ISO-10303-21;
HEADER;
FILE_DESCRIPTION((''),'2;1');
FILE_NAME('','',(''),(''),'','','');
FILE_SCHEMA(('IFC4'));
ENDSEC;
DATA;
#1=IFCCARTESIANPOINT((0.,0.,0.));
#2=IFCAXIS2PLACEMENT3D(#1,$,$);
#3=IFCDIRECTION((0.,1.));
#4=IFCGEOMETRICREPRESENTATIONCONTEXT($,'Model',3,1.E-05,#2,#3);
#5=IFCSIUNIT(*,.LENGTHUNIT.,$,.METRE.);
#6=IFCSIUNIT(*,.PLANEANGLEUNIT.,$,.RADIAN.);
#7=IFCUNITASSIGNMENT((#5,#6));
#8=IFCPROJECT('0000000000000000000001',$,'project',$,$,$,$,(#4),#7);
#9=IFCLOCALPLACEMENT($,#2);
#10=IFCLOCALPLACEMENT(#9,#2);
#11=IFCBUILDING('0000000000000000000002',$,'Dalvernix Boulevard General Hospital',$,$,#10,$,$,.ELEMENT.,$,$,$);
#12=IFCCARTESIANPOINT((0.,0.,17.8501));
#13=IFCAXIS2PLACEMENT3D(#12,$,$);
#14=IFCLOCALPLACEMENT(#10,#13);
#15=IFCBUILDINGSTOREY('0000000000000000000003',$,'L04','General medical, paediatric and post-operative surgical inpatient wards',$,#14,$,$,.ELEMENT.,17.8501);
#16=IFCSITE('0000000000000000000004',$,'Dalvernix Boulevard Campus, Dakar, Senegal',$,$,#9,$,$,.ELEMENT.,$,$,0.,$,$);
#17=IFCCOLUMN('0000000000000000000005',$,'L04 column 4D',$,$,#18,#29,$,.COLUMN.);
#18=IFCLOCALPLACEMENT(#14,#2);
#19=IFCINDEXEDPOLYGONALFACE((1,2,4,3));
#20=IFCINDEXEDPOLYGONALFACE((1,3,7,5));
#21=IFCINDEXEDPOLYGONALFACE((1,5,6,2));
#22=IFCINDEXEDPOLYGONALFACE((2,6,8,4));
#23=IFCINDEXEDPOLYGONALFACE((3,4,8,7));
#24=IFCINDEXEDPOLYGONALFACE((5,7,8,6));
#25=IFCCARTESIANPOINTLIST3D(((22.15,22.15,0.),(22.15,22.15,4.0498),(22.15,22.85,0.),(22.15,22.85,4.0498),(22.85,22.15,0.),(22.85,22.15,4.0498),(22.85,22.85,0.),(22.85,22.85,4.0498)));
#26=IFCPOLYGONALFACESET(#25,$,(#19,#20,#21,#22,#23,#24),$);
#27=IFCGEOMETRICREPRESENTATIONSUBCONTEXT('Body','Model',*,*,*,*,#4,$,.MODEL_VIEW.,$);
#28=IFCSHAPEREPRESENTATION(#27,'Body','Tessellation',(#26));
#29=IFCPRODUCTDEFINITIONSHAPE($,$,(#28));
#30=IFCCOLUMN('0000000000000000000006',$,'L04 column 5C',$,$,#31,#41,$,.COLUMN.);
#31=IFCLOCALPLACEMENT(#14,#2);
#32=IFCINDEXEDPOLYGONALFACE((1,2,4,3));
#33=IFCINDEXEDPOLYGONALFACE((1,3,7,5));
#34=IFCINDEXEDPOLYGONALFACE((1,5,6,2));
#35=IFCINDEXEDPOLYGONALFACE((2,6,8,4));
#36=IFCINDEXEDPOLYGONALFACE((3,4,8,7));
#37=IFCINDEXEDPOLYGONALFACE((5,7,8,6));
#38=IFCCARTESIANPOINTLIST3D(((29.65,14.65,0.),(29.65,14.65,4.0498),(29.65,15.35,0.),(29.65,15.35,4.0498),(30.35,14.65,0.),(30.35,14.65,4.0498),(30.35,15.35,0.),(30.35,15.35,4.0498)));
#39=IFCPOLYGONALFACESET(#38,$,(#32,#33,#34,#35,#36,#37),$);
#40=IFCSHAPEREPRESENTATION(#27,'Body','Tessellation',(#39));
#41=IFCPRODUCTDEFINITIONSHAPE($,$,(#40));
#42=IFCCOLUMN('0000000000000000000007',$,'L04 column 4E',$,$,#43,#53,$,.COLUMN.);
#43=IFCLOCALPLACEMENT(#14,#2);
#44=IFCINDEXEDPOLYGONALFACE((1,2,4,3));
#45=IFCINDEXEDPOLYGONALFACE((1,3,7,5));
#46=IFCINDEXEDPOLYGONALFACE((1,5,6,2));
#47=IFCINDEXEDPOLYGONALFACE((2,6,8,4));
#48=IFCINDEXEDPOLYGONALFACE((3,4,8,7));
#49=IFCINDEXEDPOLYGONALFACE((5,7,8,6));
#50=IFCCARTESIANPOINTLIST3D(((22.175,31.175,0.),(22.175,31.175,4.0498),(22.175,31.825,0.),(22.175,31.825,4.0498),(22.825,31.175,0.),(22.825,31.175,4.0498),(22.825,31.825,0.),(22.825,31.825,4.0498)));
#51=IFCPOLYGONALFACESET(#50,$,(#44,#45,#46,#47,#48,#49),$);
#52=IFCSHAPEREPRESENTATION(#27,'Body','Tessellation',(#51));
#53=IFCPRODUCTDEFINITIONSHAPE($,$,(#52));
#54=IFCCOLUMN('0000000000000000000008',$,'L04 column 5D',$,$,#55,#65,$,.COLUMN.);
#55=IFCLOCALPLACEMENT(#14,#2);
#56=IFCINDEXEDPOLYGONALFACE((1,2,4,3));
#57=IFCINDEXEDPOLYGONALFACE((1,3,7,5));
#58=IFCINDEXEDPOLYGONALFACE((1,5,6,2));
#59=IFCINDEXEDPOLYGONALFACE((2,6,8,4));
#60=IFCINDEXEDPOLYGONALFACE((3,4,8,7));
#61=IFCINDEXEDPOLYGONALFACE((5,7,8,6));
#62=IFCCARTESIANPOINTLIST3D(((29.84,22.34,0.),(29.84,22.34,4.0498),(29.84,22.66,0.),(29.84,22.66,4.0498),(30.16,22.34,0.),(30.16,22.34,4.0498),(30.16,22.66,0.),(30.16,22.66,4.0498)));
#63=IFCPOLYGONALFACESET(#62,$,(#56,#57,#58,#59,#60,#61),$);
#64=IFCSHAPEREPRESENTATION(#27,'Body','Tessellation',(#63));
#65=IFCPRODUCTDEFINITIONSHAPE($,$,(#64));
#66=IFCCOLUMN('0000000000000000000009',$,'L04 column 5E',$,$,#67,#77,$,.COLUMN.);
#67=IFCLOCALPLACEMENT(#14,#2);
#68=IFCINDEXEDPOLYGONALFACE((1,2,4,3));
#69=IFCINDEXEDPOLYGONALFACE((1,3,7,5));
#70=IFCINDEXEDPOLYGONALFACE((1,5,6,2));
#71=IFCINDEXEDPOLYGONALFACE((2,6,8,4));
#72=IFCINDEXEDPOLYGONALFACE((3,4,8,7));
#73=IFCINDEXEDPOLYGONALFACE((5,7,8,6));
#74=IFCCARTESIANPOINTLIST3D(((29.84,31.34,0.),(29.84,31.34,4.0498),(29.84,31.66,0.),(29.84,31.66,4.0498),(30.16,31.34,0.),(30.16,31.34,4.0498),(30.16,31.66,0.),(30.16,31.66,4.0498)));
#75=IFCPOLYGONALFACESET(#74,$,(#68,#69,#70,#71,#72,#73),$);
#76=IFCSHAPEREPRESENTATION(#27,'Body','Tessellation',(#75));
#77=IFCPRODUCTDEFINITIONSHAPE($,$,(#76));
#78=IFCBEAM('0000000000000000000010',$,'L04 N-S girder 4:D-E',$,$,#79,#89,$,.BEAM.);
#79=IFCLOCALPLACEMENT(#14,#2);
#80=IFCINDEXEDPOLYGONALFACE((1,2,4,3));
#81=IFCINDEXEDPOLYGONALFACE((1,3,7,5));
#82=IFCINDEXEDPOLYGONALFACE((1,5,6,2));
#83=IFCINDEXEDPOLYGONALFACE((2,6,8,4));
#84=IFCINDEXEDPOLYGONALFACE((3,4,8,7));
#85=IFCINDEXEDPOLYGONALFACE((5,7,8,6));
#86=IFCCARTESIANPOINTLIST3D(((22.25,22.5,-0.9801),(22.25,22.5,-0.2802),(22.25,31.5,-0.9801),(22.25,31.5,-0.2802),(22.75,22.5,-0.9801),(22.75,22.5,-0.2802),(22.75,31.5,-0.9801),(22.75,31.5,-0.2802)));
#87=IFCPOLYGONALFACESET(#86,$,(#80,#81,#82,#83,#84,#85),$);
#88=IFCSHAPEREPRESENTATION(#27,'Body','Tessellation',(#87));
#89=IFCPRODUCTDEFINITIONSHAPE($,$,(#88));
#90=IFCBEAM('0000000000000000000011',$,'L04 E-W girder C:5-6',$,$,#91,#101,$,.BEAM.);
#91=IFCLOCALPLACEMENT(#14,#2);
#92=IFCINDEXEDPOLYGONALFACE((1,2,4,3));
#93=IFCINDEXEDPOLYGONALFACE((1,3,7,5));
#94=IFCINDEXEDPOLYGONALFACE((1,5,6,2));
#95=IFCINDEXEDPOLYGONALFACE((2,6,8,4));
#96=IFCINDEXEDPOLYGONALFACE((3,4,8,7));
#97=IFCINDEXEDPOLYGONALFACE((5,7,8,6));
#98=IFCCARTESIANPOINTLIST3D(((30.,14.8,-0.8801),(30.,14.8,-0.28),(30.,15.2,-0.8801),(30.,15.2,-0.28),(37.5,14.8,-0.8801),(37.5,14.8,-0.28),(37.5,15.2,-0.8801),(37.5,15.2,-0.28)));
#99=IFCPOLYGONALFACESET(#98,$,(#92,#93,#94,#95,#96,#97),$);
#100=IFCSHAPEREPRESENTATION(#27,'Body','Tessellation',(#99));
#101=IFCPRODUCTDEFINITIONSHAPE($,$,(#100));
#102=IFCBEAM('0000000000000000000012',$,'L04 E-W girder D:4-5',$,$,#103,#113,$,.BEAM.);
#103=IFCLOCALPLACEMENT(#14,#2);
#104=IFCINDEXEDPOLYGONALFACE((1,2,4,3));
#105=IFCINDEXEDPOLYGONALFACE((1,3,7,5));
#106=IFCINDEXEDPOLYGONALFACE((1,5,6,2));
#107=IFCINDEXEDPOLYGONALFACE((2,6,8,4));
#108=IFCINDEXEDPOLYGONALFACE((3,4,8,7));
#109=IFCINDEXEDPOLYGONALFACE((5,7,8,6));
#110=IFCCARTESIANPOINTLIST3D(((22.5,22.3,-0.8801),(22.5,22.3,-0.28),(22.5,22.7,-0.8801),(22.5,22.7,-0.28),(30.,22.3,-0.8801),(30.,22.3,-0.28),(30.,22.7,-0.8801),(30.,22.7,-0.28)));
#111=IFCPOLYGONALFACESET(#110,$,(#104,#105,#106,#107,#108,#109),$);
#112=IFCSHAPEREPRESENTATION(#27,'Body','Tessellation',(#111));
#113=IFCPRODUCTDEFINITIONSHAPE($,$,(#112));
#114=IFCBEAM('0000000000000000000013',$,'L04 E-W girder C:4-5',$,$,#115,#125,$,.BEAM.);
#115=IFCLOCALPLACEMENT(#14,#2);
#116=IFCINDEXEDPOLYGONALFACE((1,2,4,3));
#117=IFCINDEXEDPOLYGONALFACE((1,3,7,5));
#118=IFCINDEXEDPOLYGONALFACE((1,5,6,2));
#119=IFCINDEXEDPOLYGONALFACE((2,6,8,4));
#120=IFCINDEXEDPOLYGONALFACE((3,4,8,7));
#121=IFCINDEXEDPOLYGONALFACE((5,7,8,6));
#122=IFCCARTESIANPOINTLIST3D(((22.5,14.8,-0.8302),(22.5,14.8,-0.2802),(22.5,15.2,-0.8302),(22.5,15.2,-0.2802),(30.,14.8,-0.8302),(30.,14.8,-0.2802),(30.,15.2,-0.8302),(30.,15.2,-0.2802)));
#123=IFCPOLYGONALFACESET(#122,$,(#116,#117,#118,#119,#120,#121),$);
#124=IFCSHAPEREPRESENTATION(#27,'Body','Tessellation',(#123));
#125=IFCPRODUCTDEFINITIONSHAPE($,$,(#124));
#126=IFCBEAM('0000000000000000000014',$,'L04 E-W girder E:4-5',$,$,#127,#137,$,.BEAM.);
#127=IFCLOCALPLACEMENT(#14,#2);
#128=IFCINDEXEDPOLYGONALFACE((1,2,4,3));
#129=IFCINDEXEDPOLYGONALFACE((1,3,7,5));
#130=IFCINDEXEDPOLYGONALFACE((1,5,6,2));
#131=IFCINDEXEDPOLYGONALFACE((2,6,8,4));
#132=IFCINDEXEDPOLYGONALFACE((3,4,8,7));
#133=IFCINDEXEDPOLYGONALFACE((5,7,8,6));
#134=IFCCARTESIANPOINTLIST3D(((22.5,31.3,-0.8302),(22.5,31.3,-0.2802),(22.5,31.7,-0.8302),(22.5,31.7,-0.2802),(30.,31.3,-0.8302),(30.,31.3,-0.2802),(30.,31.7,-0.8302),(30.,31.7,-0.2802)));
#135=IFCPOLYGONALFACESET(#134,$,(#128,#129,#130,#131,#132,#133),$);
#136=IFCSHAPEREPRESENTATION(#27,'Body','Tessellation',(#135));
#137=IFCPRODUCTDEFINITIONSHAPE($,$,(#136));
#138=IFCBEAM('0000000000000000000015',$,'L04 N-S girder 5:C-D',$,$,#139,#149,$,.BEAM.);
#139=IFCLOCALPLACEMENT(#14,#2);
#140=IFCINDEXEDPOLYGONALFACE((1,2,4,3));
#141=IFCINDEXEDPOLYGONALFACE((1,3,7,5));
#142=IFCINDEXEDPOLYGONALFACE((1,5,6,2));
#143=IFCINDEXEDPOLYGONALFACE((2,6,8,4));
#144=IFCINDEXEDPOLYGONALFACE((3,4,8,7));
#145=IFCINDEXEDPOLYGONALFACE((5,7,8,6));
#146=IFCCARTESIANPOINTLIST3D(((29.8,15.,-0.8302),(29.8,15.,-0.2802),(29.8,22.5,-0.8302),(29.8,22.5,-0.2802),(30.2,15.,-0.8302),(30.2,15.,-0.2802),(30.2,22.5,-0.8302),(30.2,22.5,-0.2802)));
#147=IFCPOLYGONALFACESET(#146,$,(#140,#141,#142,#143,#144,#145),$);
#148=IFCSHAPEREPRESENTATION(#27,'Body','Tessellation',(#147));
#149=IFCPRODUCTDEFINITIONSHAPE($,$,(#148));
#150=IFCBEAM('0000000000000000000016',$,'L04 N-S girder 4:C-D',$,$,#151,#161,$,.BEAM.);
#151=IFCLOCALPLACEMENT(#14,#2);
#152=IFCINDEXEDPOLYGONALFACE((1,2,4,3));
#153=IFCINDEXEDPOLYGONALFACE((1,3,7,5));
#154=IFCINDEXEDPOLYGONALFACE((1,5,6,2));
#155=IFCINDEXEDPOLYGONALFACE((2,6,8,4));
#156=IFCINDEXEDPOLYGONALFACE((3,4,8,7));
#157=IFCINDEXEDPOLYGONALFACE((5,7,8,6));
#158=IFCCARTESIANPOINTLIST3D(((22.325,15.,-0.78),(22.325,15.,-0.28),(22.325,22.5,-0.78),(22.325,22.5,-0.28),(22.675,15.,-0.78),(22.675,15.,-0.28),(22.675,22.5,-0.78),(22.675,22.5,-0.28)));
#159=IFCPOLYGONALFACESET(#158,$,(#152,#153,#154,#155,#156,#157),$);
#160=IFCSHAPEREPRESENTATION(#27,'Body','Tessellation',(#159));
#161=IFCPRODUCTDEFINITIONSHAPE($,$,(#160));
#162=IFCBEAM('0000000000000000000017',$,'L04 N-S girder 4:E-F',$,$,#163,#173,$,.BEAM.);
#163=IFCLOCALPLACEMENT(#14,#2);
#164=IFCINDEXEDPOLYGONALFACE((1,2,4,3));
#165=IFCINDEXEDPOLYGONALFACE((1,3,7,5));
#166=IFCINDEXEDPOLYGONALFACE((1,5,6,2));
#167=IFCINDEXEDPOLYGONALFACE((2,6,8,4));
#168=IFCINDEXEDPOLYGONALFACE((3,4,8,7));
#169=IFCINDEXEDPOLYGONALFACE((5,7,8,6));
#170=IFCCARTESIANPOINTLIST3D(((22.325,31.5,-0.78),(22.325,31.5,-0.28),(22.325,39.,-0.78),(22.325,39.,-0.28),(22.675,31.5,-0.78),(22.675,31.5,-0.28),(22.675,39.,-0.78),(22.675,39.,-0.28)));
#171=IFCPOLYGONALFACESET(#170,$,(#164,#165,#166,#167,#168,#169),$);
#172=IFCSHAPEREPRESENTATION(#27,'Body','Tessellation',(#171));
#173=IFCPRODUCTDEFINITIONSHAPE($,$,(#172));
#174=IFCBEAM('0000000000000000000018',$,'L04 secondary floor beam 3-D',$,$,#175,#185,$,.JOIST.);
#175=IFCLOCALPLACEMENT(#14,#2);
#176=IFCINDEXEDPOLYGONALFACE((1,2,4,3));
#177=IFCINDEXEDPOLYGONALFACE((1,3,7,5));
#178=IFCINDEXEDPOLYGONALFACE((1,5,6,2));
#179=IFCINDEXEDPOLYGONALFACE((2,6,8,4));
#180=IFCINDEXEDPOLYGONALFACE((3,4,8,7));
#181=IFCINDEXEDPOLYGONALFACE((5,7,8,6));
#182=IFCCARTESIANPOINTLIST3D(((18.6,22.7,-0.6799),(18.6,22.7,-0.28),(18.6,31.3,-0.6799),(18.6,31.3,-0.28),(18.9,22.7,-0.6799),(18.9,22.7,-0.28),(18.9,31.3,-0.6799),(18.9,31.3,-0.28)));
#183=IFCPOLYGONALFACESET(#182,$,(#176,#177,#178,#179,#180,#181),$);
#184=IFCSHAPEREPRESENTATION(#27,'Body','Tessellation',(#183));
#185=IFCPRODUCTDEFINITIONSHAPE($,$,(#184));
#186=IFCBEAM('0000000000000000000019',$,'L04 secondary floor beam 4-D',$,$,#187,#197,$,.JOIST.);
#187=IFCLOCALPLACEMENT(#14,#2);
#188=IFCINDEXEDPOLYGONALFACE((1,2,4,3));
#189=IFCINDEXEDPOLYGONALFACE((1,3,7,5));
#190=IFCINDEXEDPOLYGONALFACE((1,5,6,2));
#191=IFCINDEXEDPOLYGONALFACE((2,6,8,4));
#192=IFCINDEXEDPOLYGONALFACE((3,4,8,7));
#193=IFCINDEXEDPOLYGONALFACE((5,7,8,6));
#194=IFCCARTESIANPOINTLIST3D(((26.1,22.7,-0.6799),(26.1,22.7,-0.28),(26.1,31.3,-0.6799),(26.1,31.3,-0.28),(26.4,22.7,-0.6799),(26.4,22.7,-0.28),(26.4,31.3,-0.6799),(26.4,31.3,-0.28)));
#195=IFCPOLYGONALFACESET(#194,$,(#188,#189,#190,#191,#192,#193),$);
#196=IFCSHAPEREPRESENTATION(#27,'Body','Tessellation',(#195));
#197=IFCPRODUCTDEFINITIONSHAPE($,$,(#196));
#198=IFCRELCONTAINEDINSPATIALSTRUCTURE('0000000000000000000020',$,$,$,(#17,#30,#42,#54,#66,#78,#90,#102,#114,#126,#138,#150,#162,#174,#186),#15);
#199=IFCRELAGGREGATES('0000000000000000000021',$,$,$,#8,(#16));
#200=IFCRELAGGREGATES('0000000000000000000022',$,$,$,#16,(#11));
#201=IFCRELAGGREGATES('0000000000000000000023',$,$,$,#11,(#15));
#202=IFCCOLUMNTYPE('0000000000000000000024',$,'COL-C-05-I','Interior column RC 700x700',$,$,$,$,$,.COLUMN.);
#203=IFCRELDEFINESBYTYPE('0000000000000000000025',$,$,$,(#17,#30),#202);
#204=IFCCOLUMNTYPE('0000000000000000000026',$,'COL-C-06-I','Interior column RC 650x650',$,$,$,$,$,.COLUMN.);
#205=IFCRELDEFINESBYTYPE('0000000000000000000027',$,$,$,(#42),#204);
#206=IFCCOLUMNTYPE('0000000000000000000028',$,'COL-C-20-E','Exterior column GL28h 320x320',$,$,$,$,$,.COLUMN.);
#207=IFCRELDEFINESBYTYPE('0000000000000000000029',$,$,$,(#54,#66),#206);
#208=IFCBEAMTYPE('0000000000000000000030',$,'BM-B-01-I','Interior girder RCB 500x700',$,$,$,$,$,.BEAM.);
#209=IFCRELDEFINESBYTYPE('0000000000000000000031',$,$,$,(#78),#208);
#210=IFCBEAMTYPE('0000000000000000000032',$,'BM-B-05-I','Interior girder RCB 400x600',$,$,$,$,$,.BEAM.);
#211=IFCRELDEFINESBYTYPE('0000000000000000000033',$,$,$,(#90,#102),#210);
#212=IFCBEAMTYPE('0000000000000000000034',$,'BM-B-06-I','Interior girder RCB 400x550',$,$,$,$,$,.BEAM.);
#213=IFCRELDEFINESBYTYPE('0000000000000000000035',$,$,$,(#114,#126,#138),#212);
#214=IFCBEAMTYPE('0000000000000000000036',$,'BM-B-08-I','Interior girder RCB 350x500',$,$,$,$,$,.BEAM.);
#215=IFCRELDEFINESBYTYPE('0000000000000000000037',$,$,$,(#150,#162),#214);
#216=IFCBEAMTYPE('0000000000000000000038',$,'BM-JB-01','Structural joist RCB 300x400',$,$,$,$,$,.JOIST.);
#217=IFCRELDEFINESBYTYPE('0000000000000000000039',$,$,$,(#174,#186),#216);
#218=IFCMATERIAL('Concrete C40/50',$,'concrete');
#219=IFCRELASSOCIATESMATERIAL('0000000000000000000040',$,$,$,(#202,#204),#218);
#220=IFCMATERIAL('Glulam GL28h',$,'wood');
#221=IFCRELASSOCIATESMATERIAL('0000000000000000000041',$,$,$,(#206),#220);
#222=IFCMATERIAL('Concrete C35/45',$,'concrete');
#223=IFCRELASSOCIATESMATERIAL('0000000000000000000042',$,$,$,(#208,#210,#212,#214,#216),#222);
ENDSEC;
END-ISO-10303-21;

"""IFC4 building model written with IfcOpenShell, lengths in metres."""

from ifc_helpers import new_model, si_unit, direction, frame, origin, origin_2d, place, context, subcontext, project, spatial, rectangle, extrude, material, material_profile, profile_set, type_object, element, save


model = new_model("IFC4")

# Units and contexts
model_context = context("Model", 3, precision=1e-05, world=origin(), true_north=direction((0.0, 1.0)))
body_context = subcontext(model_context, "Body", "Model", "MODEL_VIEW")
ifc_project = project(units=[si_unit("LENGTHUNIT", "METRE"), si_unit("PLANEANGLEUNIT", "RADIAN")], contexts=[model_context])

# Site, building, storey
site_placement = place(None, origin())
site = spatial("IfcSite", under=ifc_project, at=site_placement, Name="Dalvernix Boulevard Campus, Dakar, Senegal", CompositionType="ELEMENT", RefElevation=0.0)
building_placement = place(site_placement, origin())
building = spatial("IfcBuilding", under=site, at=building_placement, Name="Dalvernix Boulevard General Hospital", CompositionType="ELEMENT")
storey_placement = place(building_placement, frame((0.0, 0.0, 17.8501)))
storey = spatial("IfcBuildingStorey", under=building, at=storey_placement, Name="L04", Description="General medical, paediatric and post-operative surgical inpatient wards", CompositionType="ELEMENT", Elevation=17.8501)

# Columns
ifc_material_1 = material(Name="Concrete C40/50", Category="concrete")
ifc_material_profile_1 = material_profile(ifc_material_1, rectangle(XDim=0.7, YDim=0.7, at=origin_2d()), Name="RC 700x700")
ifc_profile_set_1 = profile_set([ifc_material_profile_1], Name="Concrete C40/50")
column_type_1 = type_object("IfcColumnType", Name="COL-C-05-I", Description="Interior column RC 700x700", PredefinedType="COLUMN", material=ifc_profile_set_1)
for number, where, z_axis, x_axis, name in (
    (1, (22.5, 22.5, 0.0), (0.0, 0.0, 1.0), (1.0, 0.0, 0.0), "L04 column 4D"),
    (2, (30.0, 15.0, 0.0), (0.0, 0.0, 1.0), (1.0, 0.0, 0.0), "L04 column 5C"),
):
    element("IfcColumn", number, at=place(storey_placement, frame(where, z_axis=z_axis, x_axis=x_axis)), inside=storey, type_object=column_type_1, Name=name, PredefinedType="COLUMN", context=body_context, shape_type="SweptSolid", body=[
        extrude(rectangle(XDim=0.7, YDim=0.7, at=origin_2d()), origin(), (0.0, 0.0, 1.0), 4.0498),
    ])
ifc_material_profile_2 = material_profile(ifc_material_1, rectangle(XDim=0.6499, YDim=0.6499, at=origin_2d()), Name="RC 650x650")
ifc_profile_set_2 = profile_set([ifc_material_profile_2], Name="Concrete C40/50")
column_type_2 = type_object("IfcColumnType", Name="COL-C-06-I", Description="Interior column RC 650x650", PredefinedType="COLUMN", material=ifc_profile_set_2)
column_placement = place(storey_placement, frame((22.5, 31.5, 0.0), z_axis=(0.0, 0.0, 1.0), x_axis=(1.0, 0.0, 0.0)))
element("IfcColumn", 3, at=column_placement, inside=storey, type_object=column_type_2, Name="L04 column 4E", PredefinedType="COLUMN", context=body_context, shape_type="SweptSolid", body=[
    extrude(rectangle(XDim=0.6499, YDim=0.6499, at=origin_2d()), origin(), (0.0, 0.0, 1.0), 4.0498),
])
ifc_material_2 = material(Name="Glulam GL28h", Category="wood")
ifc_material_profile_3 = material_profile(ifc_material_2, rectangle(XDim=0.3201, YDim=0.3201, at=origin_2d()), Name="GL28h 320x320")
ifc_profile_set_3 = profile_set([ifc_material_profile_3], Name="Glulam GL28h")
column_type_3 = type_object("IfcColumnType", Name="COL-C-20-E", Description="Exterior column GL28h 320x320", PredefinedType="COLUMN", material=ifc_profile_set_3)
for number, where, z_axis, x_axis, name in (
    (4, (30.0, 22.5, 0.0), (0.0, 0.0, 1.0), (1.0, 0.0, 0.0), "L04 column 5D"),
    (5, (30.0, 31.5, 0.0), (0.0, 0.0, 1.0), (1.0, 0.0, 0.0), "L04 column 5E"),
):
    element("IfcColumn", number, at=place(storey_placement, frame(where, z_axis=z_axis, x_axis=x_axis)), inside=storey, type_object=column_type_3, Name=name, PredefinedType="COLUMN", context=body_context, shape_type="SweptSolid", body=[
        extrude(rectangle(XDim=0.3201, YDim=0.3201, at=origin_2d()), origin(), (0.0, 0.0, 1.0), 4.0498),
    ])

# Beams
ifc_material_3 = material(Name="Concrete C35/45", Category="concrete")
ifc_material_profile_4 = material_profile(ifc_material_3, rectangle(XDim=0.5, YDim=0.7, at=origin_2d()), Name="RCB 500x700")
ifc_profile_set_4 = profile_set([ifc_material_profile_4], Name="Concrete C35/45")
beam_type_1 = type_object("IfcBeamType", Name="BM-B-01-I", Description="Interior girder RCB 500x700", PredefinedType="BEAM", material=ifc_profile_set_4)
beam_1_placement = place(storey_placement, frame((22.5, 22.5, -0.6301), z_axis=(0.0, 1.0, 0.0), x_axis=(-1.0, 0.0, 0.0)))
element("IfcBeam", 6, at=beam_1_placement, inside=storey, type_object=beam_type_1, Name="L04 N-S girder 4:D-E", PredefinedType="BEAM", context=body_context, shape_type="SweptSolid", body=[
    extrude(rectangle(XDim=0.5, YDim=0.7, at=origin_2d()), origin(), (0.0, 0.0, 1.0), 9.0),
])
ifc_material_profile_5 = material_profile(ifc_material_3, rectangle(XDim=0.3999, YDim=0.6001, at=origin_2d()), Name="RCB 400x600")
ifc_profile_set_5 = profile_set([ifc_material_profile_5], Name="Concrete C35/45")
beam_type_2 = type_object("IfcBeamType", Name="BM-B-05-I", Description="Interior girder RCB 400x600", PredefinedType="BEAM", material=ifc_profile_set_5)
for number, where, z_axis, x_axis, name in (
    (7, (30.0, 15.0, -0.5801), (1.0, 0.0, 0.0), (0.0, 1.0, 0.0), "L04 E-W girder C:5-6"),
    (8, (22.5, 22.5, -0.5801), (1.0, 0.0, 0.0), (0.0, 1.0, 0.0), "L04 E-W girder D:4-5"),
):
    element("IfcBeam", number, at=place(storey_placement, frame(where, z_axis=z_axis, x_axis=x_axis)), inside=storey, type_object=beam_type_2, Name=name, PredefinedType="BEAM", context=body_context, shape_type="SweptSolid", body=[
        extrude(rectangle(XDim=0.3999, YDim=0.6001, at=origin_2d()), origin(), (0.0, 0.0, 1.0), 7.5),
    ])
ifc_material_profile_6 = material_profile(ifc_material_3, rectangle(XDim=0.3999, YDim=0.55, at=origin_2d()), Name="RCB 400x550")
ifc_profile_set_6 = profile_set([ifc_material_profile_6], Name="Concrete C35/45")
beam_type_3 = type_object("IfcBeamType", Name="BM-B-06-I", Description="Interior girder RCB 400x550", PredefinedType="BEAM", material=ifc_profile_set_6)
for number, where, z_axis, x_axis, name in (
    (9, (22.5, 15.0, -0.5552), (1.0, 0.0, 0.0), (0.0, 1.0, 0.0), "L04 E-W girder C:4-5"),
    (10, (22.5, 31.5, -0.5552), (1.0, 0.0, 0.0), (0.0, 1.0, 0.0), "L04 E-W girder E:4-5"),
    (11, (30.0, 15.0, -0.5552), (0.0, 1.0, 0.0), (-1.0, 0.0, 0.0), "L04 N-S girder 5:C-D"),
):
    element("IfcBeam", number, at=place(storey_placement, frame(where, z_axis=z_axis, x_axis=x_axis)), inside=storey, type_object=beam_type_3, Name=name, PredefinedType="BEAM", context=body_context, shape_type="SweptSolid", body=[
        extrude(rectangle(XDim=0.3999, YDim=0.55, at=origin_2d()), origin(), (0.0, 0.0, 1.0), 7.5),
    ])
ifc_material_profile_7 = material_profile(ifc_material_3, rectangle(XDim=0.3501, YDim=0.5, at=origin_2d()), Name="RCB 350x500")
ifc_profile_set_7 = profile_set([ifc_material_profile_7], Name="Concrete C35/45")
beam_type_4 = type_object("IfcBeamType", Name="BM-B-08-I", Description="Interior girder RCB 350x500", PredefinedType="BEAM", material=ifc_profile_set_7)
for number, where, z_axis, x_axis, name in (
    (12, (22.5, 15.0, -0.53), (0.0, 1.0, 0.0), (-1.0, 0.0, 0.0), "L04 N-S girder 4:C-D"),
    (13, (22.5, 31.5, -0.53), (0.0, 1.0, 0.0), (-1.0, 0.0, 0.0), "L04 N-S girder 4:E-F"),
):
    element("IfcBeam", number, at=place(storey_placement, frame(where, z_axis=z_axis, x_axis=x_axis)), inside=storey, type_object=beam_type_4, Name=name, PredefinedType="BEAM", context=body_context, shape_type="SweptSolid", body=[
        extrude(rectangle(XDim=0.3501, YDim=0.5, at=origin_2d()), origin(), (0.0, 0.0, 1.0), 7.5),
    ])
ifc_material_profile_8 = material_profile(ifc_material_3, rectangle(XDim=0.3, YDim=0.3999, at=origin_2d()), Name="RCB 300x400")
ifc_profile_set_8 = profile_set([ifc_material_profile_8], Name="Concrete C35/45")
beam_type_5 = type_object("IfcBeamType", Name="BM-JB-01", Description="Structural joist RCB 300x400", PredefinedType="JOIST", material=ifc_profile_set_8)
for number, where, z_axis, x_axis, name in (
    (14, (18.75, 22.7, -0.48), (0.0, 1.0, 0.0), (-1.0, 0.0, 0.0), "L04 secondary floor beam 3-D"),
    (15, (26.25, 22.7, -0.48), (0.0, 1.0, 0.0), (-1.0, 0.0, 0.0), "L04 secondary floor beam 4-D"),
):
    element("IfcBeam", number, at=place(storey_placement, frame(where, z_axis=z_axis, x_axis=x_axis)), inside=storey, type_object=beam_type_5, Name=name, PredefinedType="JOIST", context=body_context, shape_type="SweptSolid", body=[
        extrude(rectangle(XDim=0.3, YDim=0.3999, at=origin_2d()), origin(), (0.0, 0.0, 1.0), 8.6001),
    ])

save(model, "model.ifc")
